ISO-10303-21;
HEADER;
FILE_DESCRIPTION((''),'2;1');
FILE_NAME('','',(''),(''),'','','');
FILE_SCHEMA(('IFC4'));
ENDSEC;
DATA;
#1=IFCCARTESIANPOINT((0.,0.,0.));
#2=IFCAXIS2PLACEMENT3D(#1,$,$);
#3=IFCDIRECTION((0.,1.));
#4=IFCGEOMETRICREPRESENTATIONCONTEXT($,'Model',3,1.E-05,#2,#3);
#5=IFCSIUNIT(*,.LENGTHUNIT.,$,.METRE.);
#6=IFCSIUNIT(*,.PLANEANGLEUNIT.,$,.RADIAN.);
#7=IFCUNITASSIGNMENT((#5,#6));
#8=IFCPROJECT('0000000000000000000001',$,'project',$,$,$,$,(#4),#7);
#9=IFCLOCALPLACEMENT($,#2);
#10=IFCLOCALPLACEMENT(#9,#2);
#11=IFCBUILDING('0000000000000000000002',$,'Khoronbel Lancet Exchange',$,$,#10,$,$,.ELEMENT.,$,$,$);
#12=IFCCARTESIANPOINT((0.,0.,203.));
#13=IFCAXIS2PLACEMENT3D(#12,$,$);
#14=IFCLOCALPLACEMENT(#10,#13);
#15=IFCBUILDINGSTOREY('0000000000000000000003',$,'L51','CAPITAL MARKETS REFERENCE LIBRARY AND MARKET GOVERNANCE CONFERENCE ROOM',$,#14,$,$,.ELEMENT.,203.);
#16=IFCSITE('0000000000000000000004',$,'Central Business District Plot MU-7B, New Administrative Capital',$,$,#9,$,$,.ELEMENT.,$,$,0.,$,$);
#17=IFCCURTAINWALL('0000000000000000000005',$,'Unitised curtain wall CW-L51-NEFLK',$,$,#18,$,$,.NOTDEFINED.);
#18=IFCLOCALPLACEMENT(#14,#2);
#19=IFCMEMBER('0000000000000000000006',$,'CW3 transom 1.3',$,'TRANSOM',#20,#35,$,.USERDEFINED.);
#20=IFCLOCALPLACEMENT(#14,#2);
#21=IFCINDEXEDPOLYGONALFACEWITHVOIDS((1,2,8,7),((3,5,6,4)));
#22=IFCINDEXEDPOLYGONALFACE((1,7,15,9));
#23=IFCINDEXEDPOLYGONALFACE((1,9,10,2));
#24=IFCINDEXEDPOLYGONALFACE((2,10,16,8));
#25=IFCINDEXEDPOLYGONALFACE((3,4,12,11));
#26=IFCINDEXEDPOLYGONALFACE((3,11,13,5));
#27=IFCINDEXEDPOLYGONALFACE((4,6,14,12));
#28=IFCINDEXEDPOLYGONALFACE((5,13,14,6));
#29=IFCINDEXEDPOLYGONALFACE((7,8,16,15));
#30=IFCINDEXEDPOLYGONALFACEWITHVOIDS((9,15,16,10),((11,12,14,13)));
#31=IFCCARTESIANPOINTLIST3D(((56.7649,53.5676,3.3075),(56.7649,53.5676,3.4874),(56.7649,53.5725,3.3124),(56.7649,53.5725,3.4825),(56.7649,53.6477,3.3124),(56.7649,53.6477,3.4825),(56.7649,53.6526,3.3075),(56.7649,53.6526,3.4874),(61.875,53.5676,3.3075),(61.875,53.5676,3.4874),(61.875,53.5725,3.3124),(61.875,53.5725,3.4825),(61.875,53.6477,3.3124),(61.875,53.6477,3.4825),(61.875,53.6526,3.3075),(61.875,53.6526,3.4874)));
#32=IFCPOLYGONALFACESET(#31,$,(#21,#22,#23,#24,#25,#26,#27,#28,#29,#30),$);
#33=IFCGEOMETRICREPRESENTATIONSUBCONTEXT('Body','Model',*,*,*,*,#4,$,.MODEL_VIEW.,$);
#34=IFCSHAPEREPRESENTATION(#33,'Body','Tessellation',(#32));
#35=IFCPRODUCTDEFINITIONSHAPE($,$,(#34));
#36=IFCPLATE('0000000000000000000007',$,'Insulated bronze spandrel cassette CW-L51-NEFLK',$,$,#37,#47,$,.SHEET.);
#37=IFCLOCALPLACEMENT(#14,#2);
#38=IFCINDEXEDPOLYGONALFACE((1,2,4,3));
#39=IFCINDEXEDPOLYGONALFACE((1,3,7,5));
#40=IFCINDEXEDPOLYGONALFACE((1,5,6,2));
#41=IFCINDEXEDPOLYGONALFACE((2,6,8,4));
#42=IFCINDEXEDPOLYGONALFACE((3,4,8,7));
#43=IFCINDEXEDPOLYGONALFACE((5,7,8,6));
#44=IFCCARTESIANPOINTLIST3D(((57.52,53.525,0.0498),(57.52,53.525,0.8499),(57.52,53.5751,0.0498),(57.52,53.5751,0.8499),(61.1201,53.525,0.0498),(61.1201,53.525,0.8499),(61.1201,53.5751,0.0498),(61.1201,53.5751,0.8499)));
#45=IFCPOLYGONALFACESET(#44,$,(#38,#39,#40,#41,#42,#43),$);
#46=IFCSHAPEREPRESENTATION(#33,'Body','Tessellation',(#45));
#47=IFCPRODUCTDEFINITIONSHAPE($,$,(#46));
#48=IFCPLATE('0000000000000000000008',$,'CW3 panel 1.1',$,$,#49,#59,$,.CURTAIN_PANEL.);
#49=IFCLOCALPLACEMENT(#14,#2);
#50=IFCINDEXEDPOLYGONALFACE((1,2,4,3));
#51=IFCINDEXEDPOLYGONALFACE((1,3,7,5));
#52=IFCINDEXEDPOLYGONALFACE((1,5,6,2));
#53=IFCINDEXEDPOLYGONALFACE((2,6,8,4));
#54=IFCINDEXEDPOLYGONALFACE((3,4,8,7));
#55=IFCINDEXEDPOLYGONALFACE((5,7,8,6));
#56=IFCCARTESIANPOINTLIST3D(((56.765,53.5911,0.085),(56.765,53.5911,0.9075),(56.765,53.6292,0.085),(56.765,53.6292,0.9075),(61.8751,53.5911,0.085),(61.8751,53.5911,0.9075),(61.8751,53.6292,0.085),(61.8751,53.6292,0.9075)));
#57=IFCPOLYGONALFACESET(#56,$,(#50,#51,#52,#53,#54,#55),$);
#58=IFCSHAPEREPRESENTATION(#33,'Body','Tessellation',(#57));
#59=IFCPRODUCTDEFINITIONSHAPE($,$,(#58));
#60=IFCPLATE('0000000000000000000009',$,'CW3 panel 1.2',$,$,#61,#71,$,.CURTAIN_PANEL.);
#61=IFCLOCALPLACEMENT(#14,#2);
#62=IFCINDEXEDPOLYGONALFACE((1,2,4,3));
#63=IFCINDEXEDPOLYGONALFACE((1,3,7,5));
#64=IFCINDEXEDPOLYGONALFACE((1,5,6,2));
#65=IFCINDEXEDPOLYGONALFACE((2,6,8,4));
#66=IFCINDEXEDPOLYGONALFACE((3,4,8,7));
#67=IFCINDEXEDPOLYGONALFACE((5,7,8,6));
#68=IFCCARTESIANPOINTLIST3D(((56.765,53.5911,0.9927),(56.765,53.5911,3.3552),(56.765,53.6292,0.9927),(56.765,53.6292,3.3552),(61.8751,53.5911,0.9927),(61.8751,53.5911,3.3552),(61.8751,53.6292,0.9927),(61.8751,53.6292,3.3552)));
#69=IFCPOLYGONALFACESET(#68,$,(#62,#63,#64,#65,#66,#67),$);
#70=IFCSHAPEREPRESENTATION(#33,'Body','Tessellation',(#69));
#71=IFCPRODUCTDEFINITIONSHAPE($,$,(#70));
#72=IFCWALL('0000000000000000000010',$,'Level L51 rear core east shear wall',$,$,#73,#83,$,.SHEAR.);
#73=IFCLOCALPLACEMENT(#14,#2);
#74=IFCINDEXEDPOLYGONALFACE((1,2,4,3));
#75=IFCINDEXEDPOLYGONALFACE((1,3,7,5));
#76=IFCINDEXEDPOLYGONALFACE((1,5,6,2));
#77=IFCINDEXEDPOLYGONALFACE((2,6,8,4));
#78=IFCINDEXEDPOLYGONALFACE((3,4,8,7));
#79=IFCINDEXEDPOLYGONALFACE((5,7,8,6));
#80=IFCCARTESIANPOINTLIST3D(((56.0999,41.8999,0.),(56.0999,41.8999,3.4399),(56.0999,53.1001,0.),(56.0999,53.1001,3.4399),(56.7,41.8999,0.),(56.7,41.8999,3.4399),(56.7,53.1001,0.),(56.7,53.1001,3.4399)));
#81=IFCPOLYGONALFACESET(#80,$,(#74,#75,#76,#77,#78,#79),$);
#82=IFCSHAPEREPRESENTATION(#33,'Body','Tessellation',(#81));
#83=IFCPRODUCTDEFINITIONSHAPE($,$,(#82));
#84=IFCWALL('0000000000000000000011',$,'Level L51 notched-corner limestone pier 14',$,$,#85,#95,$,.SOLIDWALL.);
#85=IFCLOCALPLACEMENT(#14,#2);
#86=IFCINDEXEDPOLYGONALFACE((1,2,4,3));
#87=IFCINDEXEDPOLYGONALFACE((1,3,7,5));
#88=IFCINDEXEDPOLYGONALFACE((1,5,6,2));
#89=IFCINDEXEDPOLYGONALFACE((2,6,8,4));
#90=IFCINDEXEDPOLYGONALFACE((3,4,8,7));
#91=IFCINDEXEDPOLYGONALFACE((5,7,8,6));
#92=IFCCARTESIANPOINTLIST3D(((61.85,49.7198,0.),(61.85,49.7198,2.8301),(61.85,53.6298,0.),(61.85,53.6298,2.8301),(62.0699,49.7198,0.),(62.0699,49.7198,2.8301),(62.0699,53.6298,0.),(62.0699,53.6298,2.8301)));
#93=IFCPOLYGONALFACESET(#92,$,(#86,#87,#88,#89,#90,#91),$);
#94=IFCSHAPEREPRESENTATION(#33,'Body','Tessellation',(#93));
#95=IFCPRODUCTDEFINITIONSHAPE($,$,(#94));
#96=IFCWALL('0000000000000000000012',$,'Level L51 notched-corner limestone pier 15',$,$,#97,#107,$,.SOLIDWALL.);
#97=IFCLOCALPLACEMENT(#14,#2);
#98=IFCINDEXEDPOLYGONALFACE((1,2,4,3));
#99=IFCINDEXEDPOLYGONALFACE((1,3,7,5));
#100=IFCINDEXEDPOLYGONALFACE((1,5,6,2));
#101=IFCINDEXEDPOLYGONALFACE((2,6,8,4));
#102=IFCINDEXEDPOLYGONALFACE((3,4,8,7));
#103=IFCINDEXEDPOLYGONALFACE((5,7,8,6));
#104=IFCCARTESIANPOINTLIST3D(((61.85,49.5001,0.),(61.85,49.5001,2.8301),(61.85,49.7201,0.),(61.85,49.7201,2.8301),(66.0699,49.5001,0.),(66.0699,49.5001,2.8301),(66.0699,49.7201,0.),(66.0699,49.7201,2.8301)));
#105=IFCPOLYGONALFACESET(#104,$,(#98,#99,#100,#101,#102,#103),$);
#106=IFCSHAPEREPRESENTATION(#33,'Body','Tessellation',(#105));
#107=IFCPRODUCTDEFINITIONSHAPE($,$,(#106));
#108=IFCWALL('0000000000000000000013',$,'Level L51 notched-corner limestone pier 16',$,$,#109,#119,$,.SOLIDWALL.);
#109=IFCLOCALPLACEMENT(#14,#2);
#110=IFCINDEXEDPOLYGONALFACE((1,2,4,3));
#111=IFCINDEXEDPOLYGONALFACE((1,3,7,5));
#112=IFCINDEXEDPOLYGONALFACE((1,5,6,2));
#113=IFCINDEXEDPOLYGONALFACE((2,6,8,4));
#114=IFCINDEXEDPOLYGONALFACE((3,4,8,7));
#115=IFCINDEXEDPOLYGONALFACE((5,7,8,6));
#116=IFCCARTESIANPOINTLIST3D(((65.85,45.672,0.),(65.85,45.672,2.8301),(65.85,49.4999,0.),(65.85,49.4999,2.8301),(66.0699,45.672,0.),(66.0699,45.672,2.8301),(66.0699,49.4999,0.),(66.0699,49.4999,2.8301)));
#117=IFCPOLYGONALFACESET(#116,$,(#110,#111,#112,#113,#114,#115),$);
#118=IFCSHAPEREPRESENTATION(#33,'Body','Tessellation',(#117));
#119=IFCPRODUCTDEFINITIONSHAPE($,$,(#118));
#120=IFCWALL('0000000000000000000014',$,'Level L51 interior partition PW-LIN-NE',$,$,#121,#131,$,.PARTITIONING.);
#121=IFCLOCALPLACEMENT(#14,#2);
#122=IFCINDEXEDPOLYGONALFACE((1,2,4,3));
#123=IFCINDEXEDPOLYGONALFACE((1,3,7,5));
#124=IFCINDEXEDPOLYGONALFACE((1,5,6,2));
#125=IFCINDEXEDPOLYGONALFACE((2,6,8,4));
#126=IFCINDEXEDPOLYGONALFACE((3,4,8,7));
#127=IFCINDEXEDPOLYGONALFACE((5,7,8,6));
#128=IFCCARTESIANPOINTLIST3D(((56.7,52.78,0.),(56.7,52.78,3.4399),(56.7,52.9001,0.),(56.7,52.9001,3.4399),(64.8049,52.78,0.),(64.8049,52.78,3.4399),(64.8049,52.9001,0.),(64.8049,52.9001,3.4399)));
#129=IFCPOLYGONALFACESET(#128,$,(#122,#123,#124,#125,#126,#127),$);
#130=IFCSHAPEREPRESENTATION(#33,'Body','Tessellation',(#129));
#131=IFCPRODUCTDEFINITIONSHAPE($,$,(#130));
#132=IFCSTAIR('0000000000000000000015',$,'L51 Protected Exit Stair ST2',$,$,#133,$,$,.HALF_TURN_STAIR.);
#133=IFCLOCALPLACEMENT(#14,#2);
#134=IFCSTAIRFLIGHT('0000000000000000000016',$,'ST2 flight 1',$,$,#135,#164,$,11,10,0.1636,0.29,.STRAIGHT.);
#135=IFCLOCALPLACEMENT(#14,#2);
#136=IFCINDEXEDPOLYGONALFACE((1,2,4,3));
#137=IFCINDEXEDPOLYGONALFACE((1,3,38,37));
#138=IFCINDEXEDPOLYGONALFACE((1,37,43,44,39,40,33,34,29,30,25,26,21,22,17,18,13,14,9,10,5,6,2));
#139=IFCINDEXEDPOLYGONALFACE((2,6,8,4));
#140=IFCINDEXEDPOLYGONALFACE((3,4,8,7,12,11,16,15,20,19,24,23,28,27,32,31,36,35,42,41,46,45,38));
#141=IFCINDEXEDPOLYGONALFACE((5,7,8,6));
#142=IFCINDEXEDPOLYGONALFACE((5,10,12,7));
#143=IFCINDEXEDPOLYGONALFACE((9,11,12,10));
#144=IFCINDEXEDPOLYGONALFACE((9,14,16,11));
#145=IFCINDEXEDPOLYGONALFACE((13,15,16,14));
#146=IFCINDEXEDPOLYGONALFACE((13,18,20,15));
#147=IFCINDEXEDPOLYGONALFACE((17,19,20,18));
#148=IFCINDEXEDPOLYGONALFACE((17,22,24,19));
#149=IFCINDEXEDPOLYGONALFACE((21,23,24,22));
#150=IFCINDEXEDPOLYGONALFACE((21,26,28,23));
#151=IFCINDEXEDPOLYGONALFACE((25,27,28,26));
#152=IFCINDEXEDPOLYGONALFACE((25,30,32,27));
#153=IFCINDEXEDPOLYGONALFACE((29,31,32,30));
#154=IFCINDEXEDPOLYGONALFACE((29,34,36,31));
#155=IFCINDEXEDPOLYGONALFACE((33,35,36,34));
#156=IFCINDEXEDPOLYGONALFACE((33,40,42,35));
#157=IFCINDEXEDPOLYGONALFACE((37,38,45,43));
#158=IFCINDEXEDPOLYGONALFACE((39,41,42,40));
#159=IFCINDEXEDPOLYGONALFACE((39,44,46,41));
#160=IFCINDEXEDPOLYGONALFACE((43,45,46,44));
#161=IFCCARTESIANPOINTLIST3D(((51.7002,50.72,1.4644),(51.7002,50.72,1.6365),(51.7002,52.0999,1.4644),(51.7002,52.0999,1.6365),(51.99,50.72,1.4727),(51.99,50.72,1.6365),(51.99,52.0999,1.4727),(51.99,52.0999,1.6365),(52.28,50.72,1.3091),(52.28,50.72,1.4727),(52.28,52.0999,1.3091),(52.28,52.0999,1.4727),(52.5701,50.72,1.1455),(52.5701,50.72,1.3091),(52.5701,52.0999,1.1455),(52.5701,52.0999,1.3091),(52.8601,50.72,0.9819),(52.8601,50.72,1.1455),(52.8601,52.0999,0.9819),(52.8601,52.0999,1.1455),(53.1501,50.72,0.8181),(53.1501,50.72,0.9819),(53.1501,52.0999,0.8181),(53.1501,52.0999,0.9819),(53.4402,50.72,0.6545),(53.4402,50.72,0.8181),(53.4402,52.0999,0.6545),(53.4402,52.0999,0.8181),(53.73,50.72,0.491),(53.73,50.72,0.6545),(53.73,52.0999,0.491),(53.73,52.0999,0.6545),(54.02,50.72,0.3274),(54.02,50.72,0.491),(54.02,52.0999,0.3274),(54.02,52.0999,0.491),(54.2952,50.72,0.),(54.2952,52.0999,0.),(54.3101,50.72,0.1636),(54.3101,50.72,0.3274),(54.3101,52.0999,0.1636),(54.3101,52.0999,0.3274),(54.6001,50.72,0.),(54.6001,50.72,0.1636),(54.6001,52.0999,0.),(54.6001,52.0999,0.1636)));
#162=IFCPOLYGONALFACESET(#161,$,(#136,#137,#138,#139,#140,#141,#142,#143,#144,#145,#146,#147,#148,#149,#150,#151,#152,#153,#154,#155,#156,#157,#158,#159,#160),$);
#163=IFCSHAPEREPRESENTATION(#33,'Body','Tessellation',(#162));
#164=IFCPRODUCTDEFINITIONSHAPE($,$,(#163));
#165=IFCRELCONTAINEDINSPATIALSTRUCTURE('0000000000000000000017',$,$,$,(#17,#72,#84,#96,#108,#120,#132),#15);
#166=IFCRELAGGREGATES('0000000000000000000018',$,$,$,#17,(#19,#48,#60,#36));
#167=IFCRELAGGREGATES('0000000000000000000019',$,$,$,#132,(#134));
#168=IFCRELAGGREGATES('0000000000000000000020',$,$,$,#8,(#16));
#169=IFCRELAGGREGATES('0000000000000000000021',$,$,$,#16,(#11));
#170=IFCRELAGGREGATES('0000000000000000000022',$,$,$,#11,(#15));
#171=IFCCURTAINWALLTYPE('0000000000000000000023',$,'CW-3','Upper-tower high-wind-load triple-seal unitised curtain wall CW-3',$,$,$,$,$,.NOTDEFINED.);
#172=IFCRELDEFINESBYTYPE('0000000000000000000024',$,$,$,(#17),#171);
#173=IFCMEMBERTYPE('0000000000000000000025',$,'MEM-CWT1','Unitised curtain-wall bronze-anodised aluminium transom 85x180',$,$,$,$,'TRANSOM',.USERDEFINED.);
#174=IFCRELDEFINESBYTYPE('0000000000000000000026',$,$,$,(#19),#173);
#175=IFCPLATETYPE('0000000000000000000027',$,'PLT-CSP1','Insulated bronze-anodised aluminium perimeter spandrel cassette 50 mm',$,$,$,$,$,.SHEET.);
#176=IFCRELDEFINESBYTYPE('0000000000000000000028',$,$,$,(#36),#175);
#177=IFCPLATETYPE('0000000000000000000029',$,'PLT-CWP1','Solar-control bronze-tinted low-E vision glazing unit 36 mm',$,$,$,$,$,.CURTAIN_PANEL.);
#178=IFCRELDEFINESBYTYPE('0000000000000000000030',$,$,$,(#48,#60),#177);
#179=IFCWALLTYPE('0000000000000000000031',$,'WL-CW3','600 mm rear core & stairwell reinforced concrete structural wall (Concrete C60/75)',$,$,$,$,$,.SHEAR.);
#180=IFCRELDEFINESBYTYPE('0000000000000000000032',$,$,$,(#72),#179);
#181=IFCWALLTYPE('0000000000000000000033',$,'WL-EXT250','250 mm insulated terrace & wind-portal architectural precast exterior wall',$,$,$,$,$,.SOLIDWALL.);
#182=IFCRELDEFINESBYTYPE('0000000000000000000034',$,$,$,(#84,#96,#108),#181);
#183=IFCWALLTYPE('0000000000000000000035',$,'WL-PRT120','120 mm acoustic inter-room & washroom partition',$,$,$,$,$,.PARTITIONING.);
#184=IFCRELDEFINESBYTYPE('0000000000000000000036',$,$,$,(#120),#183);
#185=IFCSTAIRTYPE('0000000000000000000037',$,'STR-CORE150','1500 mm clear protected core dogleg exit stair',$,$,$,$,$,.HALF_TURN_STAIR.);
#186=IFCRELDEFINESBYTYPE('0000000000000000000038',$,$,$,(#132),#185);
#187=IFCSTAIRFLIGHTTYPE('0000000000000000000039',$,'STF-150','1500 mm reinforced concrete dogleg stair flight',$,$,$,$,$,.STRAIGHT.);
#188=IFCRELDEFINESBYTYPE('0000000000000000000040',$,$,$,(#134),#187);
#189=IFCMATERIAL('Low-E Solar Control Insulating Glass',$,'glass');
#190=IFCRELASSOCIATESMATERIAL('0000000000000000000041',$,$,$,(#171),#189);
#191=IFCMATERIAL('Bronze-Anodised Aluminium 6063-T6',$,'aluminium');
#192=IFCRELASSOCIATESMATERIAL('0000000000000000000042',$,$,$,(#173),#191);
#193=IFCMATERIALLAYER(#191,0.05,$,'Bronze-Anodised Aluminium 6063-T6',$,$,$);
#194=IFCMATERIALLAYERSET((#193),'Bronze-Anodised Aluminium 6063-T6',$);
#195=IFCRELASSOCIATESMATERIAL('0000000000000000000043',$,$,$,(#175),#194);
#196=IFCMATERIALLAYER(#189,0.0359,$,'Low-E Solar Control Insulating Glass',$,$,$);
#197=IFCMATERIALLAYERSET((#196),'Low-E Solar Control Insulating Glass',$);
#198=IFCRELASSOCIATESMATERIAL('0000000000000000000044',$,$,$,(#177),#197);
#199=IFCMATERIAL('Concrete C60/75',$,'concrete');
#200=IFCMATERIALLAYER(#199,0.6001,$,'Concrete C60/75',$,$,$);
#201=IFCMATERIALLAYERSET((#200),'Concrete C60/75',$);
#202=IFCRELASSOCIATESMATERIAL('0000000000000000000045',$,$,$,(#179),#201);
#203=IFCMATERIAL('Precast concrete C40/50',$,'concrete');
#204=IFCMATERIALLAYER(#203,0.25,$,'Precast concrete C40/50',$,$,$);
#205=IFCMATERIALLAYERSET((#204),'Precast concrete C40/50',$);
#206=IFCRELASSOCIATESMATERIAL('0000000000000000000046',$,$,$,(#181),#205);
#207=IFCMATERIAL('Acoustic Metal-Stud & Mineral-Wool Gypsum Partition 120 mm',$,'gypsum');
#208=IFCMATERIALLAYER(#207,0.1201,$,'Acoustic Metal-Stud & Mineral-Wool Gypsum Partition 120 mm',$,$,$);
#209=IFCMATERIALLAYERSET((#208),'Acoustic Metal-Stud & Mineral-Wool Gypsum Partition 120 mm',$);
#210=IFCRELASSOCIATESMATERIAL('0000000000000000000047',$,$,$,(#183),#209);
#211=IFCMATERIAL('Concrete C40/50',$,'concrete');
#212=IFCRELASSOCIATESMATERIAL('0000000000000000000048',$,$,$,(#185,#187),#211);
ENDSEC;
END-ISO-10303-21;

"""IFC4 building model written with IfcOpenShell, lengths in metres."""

from ifc_helpers import new_model, si_unit, direction, frame, frame_2d, origin, origin_2d, place, context, subcontext, project, spatial, polyline, rectangle, hollow_rectangle, outline, extrude, material, layer, layer_set, material_profile, profile_set, type_object, element, aggregate, save


model = new_model("IFC4")

# Units and contexts
model_context = context("Model", 3, precision=1e-05, world=origin(), true_north=direction((0.0, 1.0)))
body_context = subcontext(model_context, "Body", "Model", "MODEL_VIEW")
ifc_project = project(units=[si_unit("LENGTHUNIT", "METRE"), si_unit("PLANEANGLEUNIT", "RADIAN")], contexts=[model_context])

# Site, building, storey
site_placement = place(None, origin())
site = spatial("IfcSite", under=ifc_project, at=site_placement, Name="Central Business District Plot MU-7B, New Administrative Capital", CompositionType="ELEMENT", RefElevation=0.0)
building_placement = place(site_placement, origin())
building = spatial("IfcBuilding", under=site, at=building_placement, Name="Khoronbel Lancet Exchange", CompositionType="ELEMENT")
storey_placement = place(building_placement, frame((0.0, 0.0, 203.0)))
storey = spatial("IfcBuildingStorey", under=building, at=storey_placement, Name="L51", Description="CAPITAL MARKETS REFERENCE LIBRARY AND MARKET GOVERNANCE CONFERENCE ROOM", CompositionType="ELEMENT", Elevation=203.0)

# Curtain wall, member, plates
ifc_material_1 = material(Name="Low-E Solar Control Insulating Glass", Category="glass")
curtain_wall_type = type_object("IfcCurtainWallType", Name="CW-3", Description="Upper-tower high-wind-load triple-seal unitised curtain wall CW-3", PredefinedType="NOTDEFINED", material=ifc_material_1)
curtain_wall_placement = place(storey_placement, origin())
curtain_wall = element("IfcCurtainWall", 1, at=curtain_wall_placement, inside=storey, type_object=curtain_wall_type, Name="Unitised curtain wall CW-L51-NEFLK", PredefinedType="NOTDEFINED")
ifc_material_2 = material(Name="Bronze-Anodised Aluminium 6063-T6", Category="aluminium")
ifc_material_profile_1 = material_profile(ifc_material_2, hollow_rectangle(XDim=0.085, YDim=0.1799, WallThickness=0.0049, at=origin_2d()), Name="ALU TRANSOM 85x180")
ifc_profile_set_1 = profile_set([ifc_material_profile_1], Name="Bronze-Anodised Aluminium 6063-T6")
member_type_1 = type_object("IfcMemberType", Name="MEM-CWT1", Description="Unitised curtain-wall bronze-anodised aluminium transom 85x180", ElementType="TRANSOM", PredefinedType="USERDEFINED", material=ifc_profile_set_1)
member_1_placement = place(storey_placement, frame((61.875, 53.6101, 3.3975), z_axis=(-1.0, 0.0, 0.0), x_axis=(0.0, -1.0, 0.0)))
member_1 = element("IfcMember", 2, at=member_1_placement, type_object=member_type_1, Name="CW3 transom 1.3", ObjectType="TRANSOM", PredefinedType="USERDEFINED", context=body_context, shape_type="SweptSolid", body=[
    extrude(hollow_rectangle(XDim=0.085, YDim=0.1799, WallThickness=0.0049, at=origin_2d()), origin(), (0.0, 0.0, 1.0), 5.1101),
])
ifc_layer_1 = layer(ifc_material_2, 0.05, Name="Bronze-Anodised Aluminium 6063-T6")
ifc_layer_set_1 = layer_set([ifc_layer_1], Name="Bronze-Anodised Aluminium 6063-T6")
plate_type_1 = type_object("IfcPlateType", Name="PLT-CSP1", Description="Insulated bronze-anodised aluminium perimeter spandrel cassette 50 mm", PredefinedType="SHEET", material=ifc_layer_set_1)
plate_1_placement = place(storey_placement, frame((59.3201, 53.55, 0.0498), z_axis=(0.0, 0.0, 1.0), x_axis=(-1.0, 0.0, 0.0)))
plate_1 = element("IfcPlate", 3, at=plate_1_placement, type_object=plate_type_1, Name="Insulated bronze spandrel cassette CW-L51-NEFLK", PredefinedType="SHEET", context=body_context, shape_type="SweptSolid", body=[
    extrude(rectangle(XDim=3.6001, YDim=0.05, at=origin_2d()), origin(), (0.0, 0.0, 1.0), 0.8),
])
ifc_layer_2 = layer(ifc_material_1, 0.0359, Name="Low-E Solar Control Insulating Glass")
ifc_layer_set_2 = layer_set([ifc_layer_2], Name="Low-E Solar Control Insulating Glass")
plate_type_2 = type_object("IfcPlateType", Name="PLT-CWP1", Description="Solar-control bronze-tinted low-E vision glazing unit 36 mm", PredefinedType="CURTAIN_PANEL", material=ifc_layer_set_2)
plate_2_placement = place(storey_placement, frame((59.3201, 53.6101, 0.085), z_axis=(0.0, 0.0, 1.0), x_axis=(-1.0, 0.0, 0.0)))
plate_2 = element("IfcPlate", 4, at=plate_2_placement, type_object=plate_type_2, Name="CW3 panel 1.1", PredefinedType="CURTAIN_PANEL", context=body_context, shape_type="SweptSolid", body=[
    extrude(rectangle(XDim=5.1101, YDim=0.0381, at=origin_2d()), origin(), (0.0, 0.0, 1.0), 0.8225),
])
plate_3_placement = place(storey_placement, frame((59.3201, 53.6101, 0.9927), z_axis=(0.0, 0.0, 1.0), x_axis=(-1.0, 0.0, 0.0)))
plate_3 = element("IfcPlate", 5, at=plate_3_placement, type_object=plate_type_2, Name="CW3 panel 1.2", PredefinedType="CURTAIN_PANEL", context=body_context, shape_type="SweptSolid", body=[
    extrude(rectangle(XDim=5.1101, YDim=0.0381, at=origin_2d()), origin(), (0.0, 0.0, 1.0), 2.3625),
])
aggregate(curtain_wall, [member_1, plate_2, plate_3, plate_1])

# Walls
ifc_material_3 = material(Name="Concrete C60/75", Category="concrete")
ifc_layer_3 = layer(ifc_material_3, 0.6001, Name="Concrete C60/75")
ifc_layer_set_3 = layer_set([ifc_layer_3], Name="Concrete C60/75")
wall_type_1 = type_object("IfcWallType", Name="WL-CW3", Description="600 mm rear core & stairwell reinforced concrete structural wall (Concrete C60/75)", PredefinedType="SHEAR", material=ifc_layer_set_3)
wall_1_placement = place(storey_placement, frame((56.3999, 53.1001, 0.0), z_axis=(0.0, 0.0, 1.0), x_axis=(0.0, -1.0, 0.0)))
element("IfcWall", 6, at=wall_1_placement, inside=storey, type_object=wall_type_1, Name="Level L51 rear core east shear wall", PredefinedType="SHEAR", context=body_context, shape_type="SweptSolid", body=[
    extrude(rectangle(XDim=11.2002, YDim=0.6001, at=frame_2d((5.6001, 0.0))), origin(), (0.0, 0.0, 1.0), 3.4399),
])
ifc_material_4 = material(Name="Precast concrete C40/50", Category="concrete")
ifc_layer_4 = layer(ifc_material_4, 0.25, Name="Precast concrete C40/50")
ifc_layer_set_4 = layer_set([ifc_layer_4], Name="Precast concrete C40/50")
wall_type_2 = type_object("IfcWallType", Name="WL-EXT250", Description="250 mm insulated terrace & wind-portal architectural precast exterior wall", PredefinedType="SOLIDWALL", material=ifc_layer_set_4)
wall_2_placement = place(storey_placement, frame((61.96, 53.6299, 0.0), z_axis=(0.0, 0.0, 1.0), x_axis=(0.0, -1.0, 0.0)))
element("IfcWall", 7, at=wall_2_placement, inside=storey, type_object=wall_type_2, Name="Level L51 notched-corner limestone pier 14", PredefinedType="SOLIDWALL", context=body_context, shape_type="SweptSolid", body=[
    extrude(rectangle(XDim=3.9099, YDim=0.22, at=frame_2d((1.9551, 0.0))), origin(), (0.0, 0.0, 1.0), 2.8301),
])
wall_3_placement = place(storey_placement, frame((61.8501, 49.6101, 0.0), z_axis=(0.0, 0.0, 1.0), x_axis=(1.0, 0.0, 0.0)))
element("IfcWall", 8, at=wall_3_placement, inside=storey, type_object=wall_type_2, Name="Level L51 notched-corner limestone pier 15", PredefinedType="SOLIDWALL", context=body_context, shape_type="SweptSolid", body=[
    extrude(rectangle(XDim=4.22, YDim=0.22, at=frame_2d((2.1099, 0.0))), origin(), (0.0, 0.0, 1.0), 2.8301),
])
wall_4_placement = place(storey_placement, frame((65.96, 49.5, 0.0), z_axis=(0.0, 0.0, 1.0), x_axis=(0.0, -1.0, 0.0)))
element("IfcWall", 9, at=wall_4_placement, inside=storey, type_object=wall_type_2, Name="Level L51 notched-corner limestone pier 16", PredefinedType="SOLIDWALL", context=body_context, shape_type="SweptSolid", body=[
    extrude(rectangle(XDim=3.8279, YDim=0.22, at=frame_2d((1.9141, 0.0))), origin(), (0.0, 0.0, 1.0), 2.8301),
])
ifc_material_5 = material(Name="Acoustic Metal-Stud & Mineral-Wool Gypsum Partition 120 mm", Category="gypsum")
ifc_layer_5 = layer(ifc_material_5, 0.1201, Name="Acoustic Metal-Stud & Mineral-Wool Gypsum Partition 120 mm")
ifc_layer_set_5 = layer_set([ifc_layer_5], Name="Acoustic Metal-Stud & Mineral-Wool Gypsum Partition 120 mm")
wall_type_3 = type_object("IfcWallType", Name="WL-PRT120", Description="120 mm acoustic inter-room & washroom partition", PredefinedType="PARTITIONING", material=ifc_layer_set_5)
wall_5_placement = place(storey_placement, frame((56.7, 52.8401, 0.0), z_axis=(0.0, 0.0, 1.0), x_axis=(1.0, 0.0, 0.0)))
element("IfcWall", 10, at=wall_5_placement, inside=storey, type_object=wall_type_3, Name="Level L51 interior partition PW-LIN-NE", PredefinedType="PARTITIONING", context=body_context, shape_type="SweptSolid", body=[
    extrude(rectangle(XDim=8.105, YDim=0.1201, at=frame_2d((4.0525, 0.0))), origin(), (0.0, 0.0, 1.0), 3.4399),
])

# Stair, stair flight
ifc_material_6 = material(Name="Concrete C40/50", Category="concrete")
stair_type = type_object("IfcStairType", Name="STR-CORE150", Description="1500 mm clear protected core dogleg exit stair", PredefinedType="HALF_TURN_STAIR", material=ifc_material_6)
stair_placement = place(storey_placement, origin())
stair = element("IfcStair", 11, at=stair_placement, inside=storey, type_object=stair_type, Name="L51 Protected Exit Stair ST2", PredefinedType="HALF_TURN_STAIR")
stair_flight_type = type_object("IfcStairFlightType", Name="STF-150", Description="1500 mm reinforced concrete dogleg stair flight", PredefinedType="STRAIGHT", material=ifc_material_6)
stair_flight_placement = place(storey_placement, frame((54.6001, 51.4099, 0.0), z_axis=(0.0, 0.0, 1.0), x_axis=(-1.0, 0.0, 0.0)))
stair_flight = element("IfcStairFlight", 12, at=stair_flight_placement, type_object=stair_flight_type, Name="ST2 flight 1", NumberOfRisers=11, NumberOfTreads=10, PredefinedType="STRAIGHT", RiserHeight=0.1636, TreadLength=0.29, context=body_context, shape_type="SweptSolid", body=[
    extrude(outline(polyline([(0.0, 0.0), (0.0, 0.1636), (0.29, 0.1636), (0.29, 0.3274), (0.5801, 0.3274), (0.5801, 0.491), (0.8701, 0.491), (0.8701, 0.6545), (1.1599, 0.6545), (1.1599, 0.8181), (1.45, 0.8181), (1.45, 0.9819), (1.74, 0.9819), (1.74, 1.1455), (2.03, 1.1455), (2.03, 1.3091), (2.3201, 1.3091), (2.3201, 1.4727), (2.6101, 1.4727), (2.6101, 1.6365), (2.8999, 1.6365), (2.8999, 1.8), (2.8999, 1.4644), (0.3049, 0.0), (0.0, 0.0)])), frame((0.0, 0.6899, 0.0), z_axis=(0.0, -1.0, 0.0), x_axis=(1.0, 0.0, 0.0)), (0.0, 0.0, 1.0), 1.3799),
])
aggregate(stair, [stair_flight])

save(model, "model.ifc")
